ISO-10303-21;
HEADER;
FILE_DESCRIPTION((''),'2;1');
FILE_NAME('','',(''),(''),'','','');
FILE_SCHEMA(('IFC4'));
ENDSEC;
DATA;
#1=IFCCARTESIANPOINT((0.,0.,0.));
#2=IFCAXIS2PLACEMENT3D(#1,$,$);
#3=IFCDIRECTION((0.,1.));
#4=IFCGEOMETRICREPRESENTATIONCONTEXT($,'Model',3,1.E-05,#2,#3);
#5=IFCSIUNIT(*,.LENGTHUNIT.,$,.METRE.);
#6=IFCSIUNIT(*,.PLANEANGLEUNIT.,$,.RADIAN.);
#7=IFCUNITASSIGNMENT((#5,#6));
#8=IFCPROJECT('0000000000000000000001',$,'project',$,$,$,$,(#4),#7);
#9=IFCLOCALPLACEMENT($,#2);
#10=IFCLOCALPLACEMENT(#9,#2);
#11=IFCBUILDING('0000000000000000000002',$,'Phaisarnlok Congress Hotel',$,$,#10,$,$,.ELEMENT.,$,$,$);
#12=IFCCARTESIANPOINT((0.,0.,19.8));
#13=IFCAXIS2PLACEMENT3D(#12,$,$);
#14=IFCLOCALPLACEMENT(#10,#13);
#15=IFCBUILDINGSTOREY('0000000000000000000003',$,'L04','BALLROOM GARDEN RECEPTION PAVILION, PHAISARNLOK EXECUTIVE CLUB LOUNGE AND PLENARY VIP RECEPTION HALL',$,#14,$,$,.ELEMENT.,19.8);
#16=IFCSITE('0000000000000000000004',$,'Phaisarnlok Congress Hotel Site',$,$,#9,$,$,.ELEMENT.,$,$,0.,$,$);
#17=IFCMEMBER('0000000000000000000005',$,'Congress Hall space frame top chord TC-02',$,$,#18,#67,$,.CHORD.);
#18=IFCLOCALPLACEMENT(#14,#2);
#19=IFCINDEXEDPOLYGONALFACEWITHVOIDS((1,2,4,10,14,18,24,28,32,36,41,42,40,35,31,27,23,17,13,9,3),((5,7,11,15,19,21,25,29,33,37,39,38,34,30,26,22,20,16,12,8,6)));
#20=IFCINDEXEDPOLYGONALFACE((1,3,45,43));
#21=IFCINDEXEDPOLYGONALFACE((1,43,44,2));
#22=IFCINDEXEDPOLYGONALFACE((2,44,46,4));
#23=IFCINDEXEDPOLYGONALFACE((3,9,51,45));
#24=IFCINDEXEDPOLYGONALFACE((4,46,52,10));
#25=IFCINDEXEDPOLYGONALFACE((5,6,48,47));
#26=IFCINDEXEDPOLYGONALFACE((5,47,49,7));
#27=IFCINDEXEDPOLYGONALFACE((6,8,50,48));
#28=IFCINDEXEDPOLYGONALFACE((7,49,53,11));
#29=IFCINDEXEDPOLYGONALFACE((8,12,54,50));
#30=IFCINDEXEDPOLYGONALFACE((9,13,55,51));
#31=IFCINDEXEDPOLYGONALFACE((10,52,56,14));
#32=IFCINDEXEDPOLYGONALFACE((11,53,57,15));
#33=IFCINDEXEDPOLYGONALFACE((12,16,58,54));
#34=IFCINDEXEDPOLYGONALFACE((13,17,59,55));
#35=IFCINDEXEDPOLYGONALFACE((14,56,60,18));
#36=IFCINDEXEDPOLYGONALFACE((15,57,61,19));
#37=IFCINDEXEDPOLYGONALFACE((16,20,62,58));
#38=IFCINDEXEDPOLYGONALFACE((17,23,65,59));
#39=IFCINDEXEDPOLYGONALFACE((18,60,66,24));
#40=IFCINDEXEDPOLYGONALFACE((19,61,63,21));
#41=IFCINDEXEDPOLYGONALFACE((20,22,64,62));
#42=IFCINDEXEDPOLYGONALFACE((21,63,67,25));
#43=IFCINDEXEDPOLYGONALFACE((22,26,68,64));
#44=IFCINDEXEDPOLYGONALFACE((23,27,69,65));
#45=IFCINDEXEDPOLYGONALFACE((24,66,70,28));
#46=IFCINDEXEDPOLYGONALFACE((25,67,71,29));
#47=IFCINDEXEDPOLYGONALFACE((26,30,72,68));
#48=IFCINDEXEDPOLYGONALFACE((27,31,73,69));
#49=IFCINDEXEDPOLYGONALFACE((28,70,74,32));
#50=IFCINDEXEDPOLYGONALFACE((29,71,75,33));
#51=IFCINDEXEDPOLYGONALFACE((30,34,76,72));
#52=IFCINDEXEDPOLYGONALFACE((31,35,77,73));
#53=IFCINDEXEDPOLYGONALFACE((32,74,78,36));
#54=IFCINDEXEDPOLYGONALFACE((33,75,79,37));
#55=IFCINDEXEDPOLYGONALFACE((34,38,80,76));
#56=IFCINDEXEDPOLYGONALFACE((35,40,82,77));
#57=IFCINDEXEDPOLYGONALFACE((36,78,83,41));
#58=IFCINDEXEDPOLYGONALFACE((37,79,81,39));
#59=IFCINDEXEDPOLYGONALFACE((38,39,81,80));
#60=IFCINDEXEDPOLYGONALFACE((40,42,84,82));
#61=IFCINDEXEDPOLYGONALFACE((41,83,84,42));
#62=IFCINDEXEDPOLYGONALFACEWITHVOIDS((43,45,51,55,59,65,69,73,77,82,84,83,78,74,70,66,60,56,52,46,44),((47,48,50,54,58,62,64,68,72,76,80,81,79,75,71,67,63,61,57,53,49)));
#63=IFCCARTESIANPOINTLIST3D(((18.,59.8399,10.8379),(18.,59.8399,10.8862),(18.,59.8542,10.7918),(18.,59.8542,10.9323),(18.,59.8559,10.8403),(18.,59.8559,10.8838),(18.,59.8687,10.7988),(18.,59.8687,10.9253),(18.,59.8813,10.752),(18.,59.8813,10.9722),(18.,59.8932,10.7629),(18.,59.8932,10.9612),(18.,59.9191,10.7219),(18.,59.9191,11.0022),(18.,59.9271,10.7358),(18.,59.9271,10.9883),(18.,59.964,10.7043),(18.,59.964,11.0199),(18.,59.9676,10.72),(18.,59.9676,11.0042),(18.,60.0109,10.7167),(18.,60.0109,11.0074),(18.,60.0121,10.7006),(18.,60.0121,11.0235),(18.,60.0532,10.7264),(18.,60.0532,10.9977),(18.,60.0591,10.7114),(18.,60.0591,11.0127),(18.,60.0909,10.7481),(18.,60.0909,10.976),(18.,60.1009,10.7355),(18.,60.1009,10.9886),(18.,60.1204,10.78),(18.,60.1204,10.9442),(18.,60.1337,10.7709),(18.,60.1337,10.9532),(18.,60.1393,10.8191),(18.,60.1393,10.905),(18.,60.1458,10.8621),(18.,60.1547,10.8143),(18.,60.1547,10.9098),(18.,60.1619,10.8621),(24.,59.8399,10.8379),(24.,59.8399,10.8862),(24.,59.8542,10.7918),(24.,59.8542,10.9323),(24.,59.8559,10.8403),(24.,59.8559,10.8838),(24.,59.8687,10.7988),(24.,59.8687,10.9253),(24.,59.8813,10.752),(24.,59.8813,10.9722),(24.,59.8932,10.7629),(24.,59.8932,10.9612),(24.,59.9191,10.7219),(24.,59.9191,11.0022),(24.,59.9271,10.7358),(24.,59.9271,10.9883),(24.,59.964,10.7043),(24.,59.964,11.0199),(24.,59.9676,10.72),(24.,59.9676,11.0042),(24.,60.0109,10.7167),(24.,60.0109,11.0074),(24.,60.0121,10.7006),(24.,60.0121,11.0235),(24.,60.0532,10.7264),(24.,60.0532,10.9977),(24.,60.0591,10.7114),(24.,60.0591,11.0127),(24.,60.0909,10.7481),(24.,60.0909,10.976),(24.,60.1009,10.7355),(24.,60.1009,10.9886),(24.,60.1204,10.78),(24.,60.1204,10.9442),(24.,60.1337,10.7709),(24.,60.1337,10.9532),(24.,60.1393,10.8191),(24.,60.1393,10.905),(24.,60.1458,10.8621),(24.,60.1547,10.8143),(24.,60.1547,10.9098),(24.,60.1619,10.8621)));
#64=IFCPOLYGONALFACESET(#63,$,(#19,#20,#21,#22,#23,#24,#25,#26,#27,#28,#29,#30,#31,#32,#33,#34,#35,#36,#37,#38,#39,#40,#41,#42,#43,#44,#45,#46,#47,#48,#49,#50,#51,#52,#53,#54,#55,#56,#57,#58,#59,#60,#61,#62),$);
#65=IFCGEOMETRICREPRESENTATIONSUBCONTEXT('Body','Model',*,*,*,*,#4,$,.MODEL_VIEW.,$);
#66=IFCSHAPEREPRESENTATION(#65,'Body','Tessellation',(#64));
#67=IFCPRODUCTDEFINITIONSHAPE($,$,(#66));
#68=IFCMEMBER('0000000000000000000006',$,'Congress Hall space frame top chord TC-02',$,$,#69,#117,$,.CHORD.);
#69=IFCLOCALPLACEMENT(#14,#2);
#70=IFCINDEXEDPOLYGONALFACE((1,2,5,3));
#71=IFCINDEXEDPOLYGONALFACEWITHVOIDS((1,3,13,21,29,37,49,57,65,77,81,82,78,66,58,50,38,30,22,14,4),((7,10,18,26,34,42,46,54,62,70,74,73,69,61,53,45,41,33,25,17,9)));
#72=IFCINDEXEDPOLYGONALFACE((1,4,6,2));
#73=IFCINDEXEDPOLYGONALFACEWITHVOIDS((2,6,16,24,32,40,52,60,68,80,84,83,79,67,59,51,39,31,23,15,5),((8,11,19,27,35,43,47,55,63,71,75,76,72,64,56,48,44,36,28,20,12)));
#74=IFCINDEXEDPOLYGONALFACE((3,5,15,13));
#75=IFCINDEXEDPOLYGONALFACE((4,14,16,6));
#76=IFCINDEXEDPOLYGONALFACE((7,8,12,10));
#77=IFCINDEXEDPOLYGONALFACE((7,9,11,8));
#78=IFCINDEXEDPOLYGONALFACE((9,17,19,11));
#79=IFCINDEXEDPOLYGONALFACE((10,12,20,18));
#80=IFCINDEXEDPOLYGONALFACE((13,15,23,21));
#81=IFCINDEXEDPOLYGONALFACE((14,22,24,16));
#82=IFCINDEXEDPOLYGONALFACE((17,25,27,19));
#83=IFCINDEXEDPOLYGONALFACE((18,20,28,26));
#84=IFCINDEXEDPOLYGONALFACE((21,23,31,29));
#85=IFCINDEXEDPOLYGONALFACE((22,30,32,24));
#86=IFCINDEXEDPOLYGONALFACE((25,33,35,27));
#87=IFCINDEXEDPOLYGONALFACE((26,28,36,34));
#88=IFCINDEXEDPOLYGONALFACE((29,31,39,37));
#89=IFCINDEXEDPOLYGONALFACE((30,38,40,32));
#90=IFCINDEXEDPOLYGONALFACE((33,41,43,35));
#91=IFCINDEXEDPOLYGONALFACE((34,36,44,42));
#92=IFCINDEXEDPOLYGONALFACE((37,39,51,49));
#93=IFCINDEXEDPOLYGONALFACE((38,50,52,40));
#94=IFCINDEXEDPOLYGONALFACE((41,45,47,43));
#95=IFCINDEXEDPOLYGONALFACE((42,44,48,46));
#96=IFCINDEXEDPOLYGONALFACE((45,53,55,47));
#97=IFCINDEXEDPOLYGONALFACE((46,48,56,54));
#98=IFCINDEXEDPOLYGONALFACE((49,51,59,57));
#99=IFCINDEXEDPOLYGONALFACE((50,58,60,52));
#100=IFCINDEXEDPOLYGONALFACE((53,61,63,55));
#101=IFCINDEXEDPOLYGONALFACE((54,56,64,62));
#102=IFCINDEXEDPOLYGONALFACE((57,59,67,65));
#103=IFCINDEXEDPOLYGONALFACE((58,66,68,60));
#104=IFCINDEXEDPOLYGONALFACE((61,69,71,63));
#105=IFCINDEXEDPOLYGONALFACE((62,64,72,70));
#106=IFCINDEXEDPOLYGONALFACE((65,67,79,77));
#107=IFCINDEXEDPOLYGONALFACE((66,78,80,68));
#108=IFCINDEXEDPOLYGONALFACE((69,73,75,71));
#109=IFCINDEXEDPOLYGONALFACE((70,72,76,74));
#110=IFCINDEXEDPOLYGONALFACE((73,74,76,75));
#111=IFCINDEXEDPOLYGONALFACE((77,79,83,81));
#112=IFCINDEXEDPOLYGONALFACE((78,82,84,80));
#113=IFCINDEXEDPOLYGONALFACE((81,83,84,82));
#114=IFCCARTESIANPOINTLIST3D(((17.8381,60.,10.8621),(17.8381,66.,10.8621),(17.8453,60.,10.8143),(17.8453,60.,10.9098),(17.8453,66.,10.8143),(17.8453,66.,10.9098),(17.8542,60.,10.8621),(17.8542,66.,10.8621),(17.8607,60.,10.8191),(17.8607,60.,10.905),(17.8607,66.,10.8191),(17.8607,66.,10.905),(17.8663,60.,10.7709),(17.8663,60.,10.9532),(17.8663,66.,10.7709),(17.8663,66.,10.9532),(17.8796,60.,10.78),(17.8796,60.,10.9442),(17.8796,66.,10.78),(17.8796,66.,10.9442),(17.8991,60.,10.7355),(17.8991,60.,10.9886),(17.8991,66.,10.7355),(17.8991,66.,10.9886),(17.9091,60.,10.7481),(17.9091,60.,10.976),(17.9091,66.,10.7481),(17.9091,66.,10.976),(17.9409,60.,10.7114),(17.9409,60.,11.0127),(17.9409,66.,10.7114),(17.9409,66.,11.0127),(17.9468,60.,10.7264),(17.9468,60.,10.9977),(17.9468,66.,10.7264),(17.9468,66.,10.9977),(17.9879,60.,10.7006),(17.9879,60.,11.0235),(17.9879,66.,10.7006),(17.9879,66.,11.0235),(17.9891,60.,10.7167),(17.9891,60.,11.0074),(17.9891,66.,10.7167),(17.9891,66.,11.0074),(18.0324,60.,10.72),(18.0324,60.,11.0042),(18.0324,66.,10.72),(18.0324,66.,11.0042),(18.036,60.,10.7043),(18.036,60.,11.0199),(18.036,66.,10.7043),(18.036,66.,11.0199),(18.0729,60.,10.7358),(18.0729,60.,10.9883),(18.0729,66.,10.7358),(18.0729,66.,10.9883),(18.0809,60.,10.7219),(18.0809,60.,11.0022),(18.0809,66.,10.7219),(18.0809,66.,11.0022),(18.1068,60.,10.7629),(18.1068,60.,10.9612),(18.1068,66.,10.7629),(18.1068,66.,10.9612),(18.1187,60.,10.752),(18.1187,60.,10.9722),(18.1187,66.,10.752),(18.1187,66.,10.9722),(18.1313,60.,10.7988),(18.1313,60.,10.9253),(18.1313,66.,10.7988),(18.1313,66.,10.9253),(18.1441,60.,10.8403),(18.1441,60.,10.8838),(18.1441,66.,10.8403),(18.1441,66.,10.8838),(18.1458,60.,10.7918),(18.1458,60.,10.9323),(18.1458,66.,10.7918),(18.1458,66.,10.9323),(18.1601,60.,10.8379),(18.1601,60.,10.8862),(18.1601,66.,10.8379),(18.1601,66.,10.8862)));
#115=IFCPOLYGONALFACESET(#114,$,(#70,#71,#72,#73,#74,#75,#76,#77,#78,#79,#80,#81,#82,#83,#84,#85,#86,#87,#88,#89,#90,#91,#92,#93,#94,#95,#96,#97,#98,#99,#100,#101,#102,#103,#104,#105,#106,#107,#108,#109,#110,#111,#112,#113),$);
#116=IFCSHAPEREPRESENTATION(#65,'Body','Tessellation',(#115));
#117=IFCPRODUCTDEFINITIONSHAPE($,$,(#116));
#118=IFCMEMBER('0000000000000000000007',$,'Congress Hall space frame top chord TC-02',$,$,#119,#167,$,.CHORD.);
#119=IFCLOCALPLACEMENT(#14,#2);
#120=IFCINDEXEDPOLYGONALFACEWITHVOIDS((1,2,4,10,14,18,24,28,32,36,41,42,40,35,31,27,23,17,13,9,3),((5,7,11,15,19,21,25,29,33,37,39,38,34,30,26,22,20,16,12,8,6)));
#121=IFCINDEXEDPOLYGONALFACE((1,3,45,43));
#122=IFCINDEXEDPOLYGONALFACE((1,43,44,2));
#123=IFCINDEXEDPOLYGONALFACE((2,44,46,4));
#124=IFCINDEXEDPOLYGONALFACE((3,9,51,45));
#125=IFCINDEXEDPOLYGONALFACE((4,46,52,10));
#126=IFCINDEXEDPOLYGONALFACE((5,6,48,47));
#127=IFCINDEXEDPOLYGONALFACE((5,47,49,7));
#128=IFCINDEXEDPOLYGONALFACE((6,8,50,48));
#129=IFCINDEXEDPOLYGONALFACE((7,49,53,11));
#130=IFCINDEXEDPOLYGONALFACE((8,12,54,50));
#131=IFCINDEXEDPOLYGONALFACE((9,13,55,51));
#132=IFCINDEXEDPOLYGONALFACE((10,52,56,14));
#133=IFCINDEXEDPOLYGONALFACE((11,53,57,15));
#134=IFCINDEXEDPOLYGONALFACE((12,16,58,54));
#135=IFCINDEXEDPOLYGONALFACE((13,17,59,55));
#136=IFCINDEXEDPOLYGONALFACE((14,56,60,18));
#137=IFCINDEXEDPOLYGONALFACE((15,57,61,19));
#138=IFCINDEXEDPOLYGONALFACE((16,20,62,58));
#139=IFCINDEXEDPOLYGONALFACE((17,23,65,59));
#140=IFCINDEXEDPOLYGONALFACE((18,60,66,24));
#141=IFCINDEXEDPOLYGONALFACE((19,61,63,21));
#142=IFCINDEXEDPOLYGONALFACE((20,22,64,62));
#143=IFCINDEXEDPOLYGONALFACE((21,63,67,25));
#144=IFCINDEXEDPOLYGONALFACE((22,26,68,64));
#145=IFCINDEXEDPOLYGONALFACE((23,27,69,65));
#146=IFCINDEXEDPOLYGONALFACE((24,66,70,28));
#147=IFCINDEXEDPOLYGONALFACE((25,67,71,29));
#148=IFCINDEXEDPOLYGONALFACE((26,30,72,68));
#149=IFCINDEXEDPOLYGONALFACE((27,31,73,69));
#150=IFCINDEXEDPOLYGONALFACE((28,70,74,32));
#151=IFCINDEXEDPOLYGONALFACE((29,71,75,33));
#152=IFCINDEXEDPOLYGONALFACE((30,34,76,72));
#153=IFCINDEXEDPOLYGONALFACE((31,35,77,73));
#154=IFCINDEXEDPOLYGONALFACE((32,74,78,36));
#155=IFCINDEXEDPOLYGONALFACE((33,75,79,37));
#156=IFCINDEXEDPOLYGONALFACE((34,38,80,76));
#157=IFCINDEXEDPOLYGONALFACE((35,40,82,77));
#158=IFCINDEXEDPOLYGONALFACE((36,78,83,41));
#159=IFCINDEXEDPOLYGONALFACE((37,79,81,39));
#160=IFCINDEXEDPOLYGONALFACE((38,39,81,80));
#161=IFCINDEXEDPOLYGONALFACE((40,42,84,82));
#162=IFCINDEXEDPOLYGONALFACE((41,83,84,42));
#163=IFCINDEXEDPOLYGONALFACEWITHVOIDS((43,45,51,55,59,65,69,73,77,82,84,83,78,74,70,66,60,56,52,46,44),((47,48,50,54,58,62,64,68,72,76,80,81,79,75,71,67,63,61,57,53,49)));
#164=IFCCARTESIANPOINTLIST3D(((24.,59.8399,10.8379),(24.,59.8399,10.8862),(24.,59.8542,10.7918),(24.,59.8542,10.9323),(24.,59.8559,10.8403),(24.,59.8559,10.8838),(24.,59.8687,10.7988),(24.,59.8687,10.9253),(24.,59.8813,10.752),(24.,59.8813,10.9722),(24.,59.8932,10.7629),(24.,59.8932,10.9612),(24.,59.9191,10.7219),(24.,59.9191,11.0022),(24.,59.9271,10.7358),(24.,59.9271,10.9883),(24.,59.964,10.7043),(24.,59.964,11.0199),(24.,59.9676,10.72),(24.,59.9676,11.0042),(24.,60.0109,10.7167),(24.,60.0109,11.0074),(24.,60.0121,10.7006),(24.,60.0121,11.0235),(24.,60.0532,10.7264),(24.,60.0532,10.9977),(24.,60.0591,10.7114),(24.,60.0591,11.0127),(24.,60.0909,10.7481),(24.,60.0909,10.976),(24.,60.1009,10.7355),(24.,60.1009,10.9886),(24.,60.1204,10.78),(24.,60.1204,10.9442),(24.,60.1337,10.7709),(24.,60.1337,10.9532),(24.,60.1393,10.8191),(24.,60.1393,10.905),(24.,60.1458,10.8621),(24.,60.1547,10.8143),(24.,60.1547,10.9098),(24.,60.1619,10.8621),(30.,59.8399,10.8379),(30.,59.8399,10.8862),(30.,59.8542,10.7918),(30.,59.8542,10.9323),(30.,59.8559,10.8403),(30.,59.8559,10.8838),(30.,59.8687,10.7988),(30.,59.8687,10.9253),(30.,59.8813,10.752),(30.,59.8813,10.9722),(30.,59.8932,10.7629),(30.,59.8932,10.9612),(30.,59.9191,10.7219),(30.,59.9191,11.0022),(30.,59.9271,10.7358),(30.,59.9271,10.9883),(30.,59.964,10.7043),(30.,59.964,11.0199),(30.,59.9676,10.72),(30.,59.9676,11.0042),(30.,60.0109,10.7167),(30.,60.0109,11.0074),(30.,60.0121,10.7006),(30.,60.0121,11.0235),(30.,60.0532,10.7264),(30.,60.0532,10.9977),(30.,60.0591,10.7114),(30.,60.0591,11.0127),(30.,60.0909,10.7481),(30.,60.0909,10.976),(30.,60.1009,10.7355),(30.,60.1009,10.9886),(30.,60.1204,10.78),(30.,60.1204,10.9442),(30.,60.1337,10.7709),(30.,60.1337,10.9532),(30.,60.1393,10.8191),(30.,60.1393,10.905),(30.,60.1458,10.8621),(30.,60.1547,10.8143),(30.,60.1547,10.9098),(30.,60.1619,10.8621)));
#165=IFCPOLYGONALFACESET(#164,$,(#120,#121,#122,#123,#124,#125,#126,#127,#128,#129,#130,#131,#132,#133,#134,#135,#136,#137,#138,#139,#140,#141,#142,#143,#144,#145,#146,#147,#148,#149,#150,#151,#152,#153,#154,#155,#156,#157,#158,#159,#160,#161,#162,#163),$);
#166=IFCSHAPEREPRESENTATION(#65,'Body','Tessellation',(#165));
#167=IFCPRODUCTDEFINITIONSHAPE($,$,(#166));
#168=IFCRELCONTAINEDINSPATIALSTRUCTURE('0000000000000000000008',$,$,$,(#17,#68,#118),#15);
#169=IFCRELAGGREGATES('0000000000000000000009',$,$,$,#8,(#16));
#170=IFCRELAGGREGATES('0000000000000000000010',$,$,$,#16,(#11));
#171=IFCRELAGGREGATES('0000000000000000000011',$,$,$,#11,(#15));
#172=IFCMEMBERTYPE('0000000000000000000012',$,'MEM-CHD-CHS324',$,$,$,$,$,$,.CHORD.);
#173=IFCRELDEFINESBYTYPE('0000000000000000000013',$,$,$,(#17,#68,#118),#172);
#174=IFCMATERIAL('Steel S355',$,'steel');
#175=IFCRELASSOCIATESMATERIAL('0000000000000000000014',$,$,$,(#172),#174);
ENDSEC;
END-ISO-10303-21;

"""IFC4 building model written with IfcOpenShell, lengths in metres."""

from ifc_helpers import new_model, si_unit, direction, frame, origin, origin_2d, place, context, subcontext, project, spatial, hollow_circle, extrude, material, material_profile, profile_set, type_object, element, save


model = new_model("IFC4")

# Units and contexts
model_context = context("Model", 3, precision=1e-05, world=origin(), true_north=direction((0.0, 1.0)))
body_context = subcontext(model_context, "Body", "Model", "MODEL_VIEW")
ifc_project = project(units=[si_unit("LENGTHUNIT", "METRE"), si_unit("PLANEANGLEUNIT", "RADIAN")], contexts=[model_context])

# Site, building, storey
site_placement = place(None, origin())
site = spatial("IfcSite", under=ifc_project, at=site_placement, Name="Phaisarnlok Congress Hotel Site", CompositionType="ELEMENT", RefElevation=0.0)
building_placement = place(site_placement, origin())
building = spatial("IfcBuilding", under=site, at=building_placement, Name="Phaisarnlok Congress Hotel", CompositionType="ELEMENT")
storey_placement = place(building_placement, frame((0.0, 0.0, 19.8)))
storey = spatial("IfcBuildingStorey", under=building, at=storey_placement, Name="L04", Description="BALLROOM GARDEN RECEPTION PAVILION, PHAISARNLOK EXECUTIVE CLUB LOUNGE AND PLENARY VIP RECEPTION HALL", CompositionType="ELEMENT", Elevation=19.8)

# Members
ifc_material = material(Name="Steel S355", Category="steel")
ifc_material_profile_1 = material_profile(ifc_material, hollow_circle(Radius=0.1619, WallThickness=0.0161, at=origin_2d()), Name="CHS 323.9x16")
ifc_profile_set_1 = profile_set([ifc_material_profile_1], Name="Steel S355")
member_type_1 = type_object("IfcMemberType", Name="MEM-CHD-CHS324", PredefinedType="CHORD", material=ifc_profile_set_1)
for number, where, z_axis, x_axis, name in (
    (1, (18.0, 60.0, 10.8621), (1.0, 0.0, 0.0), (0.0, 1.0, 0.0), "Congress Hall space frame top chord TC-02"),
    (2, (18.0, 60.0, 10.8621), (0.0, 1.0, 0.0), (-1.0, 0.0, 0.0), "Congress Hall space frame top chord TC-02"),
    (3, (24.0, 60.0, 10.8621), (1.0, 0.0, 0.0), (0.0, 1.0, 0.0), "Congress Hall space frame top chord TC-02"),
):
    element("IfcMember", number, at=place(storey_placement, frame(where, z_axis=z_axis, x_axis=x_axis)), inside=storey, type_object=member_type_1, Name=name, PredefinedType="CHORD", context=body_context, shape_type="SweptSolid", body=[
        extrude(hollow_circle(Radius=0.1619, WallThickness=0.0161, at=origin_2d()), origin(), (0.0, 0.0, 1.0), 6.0),
    ])

save(model, "model.ifc")
